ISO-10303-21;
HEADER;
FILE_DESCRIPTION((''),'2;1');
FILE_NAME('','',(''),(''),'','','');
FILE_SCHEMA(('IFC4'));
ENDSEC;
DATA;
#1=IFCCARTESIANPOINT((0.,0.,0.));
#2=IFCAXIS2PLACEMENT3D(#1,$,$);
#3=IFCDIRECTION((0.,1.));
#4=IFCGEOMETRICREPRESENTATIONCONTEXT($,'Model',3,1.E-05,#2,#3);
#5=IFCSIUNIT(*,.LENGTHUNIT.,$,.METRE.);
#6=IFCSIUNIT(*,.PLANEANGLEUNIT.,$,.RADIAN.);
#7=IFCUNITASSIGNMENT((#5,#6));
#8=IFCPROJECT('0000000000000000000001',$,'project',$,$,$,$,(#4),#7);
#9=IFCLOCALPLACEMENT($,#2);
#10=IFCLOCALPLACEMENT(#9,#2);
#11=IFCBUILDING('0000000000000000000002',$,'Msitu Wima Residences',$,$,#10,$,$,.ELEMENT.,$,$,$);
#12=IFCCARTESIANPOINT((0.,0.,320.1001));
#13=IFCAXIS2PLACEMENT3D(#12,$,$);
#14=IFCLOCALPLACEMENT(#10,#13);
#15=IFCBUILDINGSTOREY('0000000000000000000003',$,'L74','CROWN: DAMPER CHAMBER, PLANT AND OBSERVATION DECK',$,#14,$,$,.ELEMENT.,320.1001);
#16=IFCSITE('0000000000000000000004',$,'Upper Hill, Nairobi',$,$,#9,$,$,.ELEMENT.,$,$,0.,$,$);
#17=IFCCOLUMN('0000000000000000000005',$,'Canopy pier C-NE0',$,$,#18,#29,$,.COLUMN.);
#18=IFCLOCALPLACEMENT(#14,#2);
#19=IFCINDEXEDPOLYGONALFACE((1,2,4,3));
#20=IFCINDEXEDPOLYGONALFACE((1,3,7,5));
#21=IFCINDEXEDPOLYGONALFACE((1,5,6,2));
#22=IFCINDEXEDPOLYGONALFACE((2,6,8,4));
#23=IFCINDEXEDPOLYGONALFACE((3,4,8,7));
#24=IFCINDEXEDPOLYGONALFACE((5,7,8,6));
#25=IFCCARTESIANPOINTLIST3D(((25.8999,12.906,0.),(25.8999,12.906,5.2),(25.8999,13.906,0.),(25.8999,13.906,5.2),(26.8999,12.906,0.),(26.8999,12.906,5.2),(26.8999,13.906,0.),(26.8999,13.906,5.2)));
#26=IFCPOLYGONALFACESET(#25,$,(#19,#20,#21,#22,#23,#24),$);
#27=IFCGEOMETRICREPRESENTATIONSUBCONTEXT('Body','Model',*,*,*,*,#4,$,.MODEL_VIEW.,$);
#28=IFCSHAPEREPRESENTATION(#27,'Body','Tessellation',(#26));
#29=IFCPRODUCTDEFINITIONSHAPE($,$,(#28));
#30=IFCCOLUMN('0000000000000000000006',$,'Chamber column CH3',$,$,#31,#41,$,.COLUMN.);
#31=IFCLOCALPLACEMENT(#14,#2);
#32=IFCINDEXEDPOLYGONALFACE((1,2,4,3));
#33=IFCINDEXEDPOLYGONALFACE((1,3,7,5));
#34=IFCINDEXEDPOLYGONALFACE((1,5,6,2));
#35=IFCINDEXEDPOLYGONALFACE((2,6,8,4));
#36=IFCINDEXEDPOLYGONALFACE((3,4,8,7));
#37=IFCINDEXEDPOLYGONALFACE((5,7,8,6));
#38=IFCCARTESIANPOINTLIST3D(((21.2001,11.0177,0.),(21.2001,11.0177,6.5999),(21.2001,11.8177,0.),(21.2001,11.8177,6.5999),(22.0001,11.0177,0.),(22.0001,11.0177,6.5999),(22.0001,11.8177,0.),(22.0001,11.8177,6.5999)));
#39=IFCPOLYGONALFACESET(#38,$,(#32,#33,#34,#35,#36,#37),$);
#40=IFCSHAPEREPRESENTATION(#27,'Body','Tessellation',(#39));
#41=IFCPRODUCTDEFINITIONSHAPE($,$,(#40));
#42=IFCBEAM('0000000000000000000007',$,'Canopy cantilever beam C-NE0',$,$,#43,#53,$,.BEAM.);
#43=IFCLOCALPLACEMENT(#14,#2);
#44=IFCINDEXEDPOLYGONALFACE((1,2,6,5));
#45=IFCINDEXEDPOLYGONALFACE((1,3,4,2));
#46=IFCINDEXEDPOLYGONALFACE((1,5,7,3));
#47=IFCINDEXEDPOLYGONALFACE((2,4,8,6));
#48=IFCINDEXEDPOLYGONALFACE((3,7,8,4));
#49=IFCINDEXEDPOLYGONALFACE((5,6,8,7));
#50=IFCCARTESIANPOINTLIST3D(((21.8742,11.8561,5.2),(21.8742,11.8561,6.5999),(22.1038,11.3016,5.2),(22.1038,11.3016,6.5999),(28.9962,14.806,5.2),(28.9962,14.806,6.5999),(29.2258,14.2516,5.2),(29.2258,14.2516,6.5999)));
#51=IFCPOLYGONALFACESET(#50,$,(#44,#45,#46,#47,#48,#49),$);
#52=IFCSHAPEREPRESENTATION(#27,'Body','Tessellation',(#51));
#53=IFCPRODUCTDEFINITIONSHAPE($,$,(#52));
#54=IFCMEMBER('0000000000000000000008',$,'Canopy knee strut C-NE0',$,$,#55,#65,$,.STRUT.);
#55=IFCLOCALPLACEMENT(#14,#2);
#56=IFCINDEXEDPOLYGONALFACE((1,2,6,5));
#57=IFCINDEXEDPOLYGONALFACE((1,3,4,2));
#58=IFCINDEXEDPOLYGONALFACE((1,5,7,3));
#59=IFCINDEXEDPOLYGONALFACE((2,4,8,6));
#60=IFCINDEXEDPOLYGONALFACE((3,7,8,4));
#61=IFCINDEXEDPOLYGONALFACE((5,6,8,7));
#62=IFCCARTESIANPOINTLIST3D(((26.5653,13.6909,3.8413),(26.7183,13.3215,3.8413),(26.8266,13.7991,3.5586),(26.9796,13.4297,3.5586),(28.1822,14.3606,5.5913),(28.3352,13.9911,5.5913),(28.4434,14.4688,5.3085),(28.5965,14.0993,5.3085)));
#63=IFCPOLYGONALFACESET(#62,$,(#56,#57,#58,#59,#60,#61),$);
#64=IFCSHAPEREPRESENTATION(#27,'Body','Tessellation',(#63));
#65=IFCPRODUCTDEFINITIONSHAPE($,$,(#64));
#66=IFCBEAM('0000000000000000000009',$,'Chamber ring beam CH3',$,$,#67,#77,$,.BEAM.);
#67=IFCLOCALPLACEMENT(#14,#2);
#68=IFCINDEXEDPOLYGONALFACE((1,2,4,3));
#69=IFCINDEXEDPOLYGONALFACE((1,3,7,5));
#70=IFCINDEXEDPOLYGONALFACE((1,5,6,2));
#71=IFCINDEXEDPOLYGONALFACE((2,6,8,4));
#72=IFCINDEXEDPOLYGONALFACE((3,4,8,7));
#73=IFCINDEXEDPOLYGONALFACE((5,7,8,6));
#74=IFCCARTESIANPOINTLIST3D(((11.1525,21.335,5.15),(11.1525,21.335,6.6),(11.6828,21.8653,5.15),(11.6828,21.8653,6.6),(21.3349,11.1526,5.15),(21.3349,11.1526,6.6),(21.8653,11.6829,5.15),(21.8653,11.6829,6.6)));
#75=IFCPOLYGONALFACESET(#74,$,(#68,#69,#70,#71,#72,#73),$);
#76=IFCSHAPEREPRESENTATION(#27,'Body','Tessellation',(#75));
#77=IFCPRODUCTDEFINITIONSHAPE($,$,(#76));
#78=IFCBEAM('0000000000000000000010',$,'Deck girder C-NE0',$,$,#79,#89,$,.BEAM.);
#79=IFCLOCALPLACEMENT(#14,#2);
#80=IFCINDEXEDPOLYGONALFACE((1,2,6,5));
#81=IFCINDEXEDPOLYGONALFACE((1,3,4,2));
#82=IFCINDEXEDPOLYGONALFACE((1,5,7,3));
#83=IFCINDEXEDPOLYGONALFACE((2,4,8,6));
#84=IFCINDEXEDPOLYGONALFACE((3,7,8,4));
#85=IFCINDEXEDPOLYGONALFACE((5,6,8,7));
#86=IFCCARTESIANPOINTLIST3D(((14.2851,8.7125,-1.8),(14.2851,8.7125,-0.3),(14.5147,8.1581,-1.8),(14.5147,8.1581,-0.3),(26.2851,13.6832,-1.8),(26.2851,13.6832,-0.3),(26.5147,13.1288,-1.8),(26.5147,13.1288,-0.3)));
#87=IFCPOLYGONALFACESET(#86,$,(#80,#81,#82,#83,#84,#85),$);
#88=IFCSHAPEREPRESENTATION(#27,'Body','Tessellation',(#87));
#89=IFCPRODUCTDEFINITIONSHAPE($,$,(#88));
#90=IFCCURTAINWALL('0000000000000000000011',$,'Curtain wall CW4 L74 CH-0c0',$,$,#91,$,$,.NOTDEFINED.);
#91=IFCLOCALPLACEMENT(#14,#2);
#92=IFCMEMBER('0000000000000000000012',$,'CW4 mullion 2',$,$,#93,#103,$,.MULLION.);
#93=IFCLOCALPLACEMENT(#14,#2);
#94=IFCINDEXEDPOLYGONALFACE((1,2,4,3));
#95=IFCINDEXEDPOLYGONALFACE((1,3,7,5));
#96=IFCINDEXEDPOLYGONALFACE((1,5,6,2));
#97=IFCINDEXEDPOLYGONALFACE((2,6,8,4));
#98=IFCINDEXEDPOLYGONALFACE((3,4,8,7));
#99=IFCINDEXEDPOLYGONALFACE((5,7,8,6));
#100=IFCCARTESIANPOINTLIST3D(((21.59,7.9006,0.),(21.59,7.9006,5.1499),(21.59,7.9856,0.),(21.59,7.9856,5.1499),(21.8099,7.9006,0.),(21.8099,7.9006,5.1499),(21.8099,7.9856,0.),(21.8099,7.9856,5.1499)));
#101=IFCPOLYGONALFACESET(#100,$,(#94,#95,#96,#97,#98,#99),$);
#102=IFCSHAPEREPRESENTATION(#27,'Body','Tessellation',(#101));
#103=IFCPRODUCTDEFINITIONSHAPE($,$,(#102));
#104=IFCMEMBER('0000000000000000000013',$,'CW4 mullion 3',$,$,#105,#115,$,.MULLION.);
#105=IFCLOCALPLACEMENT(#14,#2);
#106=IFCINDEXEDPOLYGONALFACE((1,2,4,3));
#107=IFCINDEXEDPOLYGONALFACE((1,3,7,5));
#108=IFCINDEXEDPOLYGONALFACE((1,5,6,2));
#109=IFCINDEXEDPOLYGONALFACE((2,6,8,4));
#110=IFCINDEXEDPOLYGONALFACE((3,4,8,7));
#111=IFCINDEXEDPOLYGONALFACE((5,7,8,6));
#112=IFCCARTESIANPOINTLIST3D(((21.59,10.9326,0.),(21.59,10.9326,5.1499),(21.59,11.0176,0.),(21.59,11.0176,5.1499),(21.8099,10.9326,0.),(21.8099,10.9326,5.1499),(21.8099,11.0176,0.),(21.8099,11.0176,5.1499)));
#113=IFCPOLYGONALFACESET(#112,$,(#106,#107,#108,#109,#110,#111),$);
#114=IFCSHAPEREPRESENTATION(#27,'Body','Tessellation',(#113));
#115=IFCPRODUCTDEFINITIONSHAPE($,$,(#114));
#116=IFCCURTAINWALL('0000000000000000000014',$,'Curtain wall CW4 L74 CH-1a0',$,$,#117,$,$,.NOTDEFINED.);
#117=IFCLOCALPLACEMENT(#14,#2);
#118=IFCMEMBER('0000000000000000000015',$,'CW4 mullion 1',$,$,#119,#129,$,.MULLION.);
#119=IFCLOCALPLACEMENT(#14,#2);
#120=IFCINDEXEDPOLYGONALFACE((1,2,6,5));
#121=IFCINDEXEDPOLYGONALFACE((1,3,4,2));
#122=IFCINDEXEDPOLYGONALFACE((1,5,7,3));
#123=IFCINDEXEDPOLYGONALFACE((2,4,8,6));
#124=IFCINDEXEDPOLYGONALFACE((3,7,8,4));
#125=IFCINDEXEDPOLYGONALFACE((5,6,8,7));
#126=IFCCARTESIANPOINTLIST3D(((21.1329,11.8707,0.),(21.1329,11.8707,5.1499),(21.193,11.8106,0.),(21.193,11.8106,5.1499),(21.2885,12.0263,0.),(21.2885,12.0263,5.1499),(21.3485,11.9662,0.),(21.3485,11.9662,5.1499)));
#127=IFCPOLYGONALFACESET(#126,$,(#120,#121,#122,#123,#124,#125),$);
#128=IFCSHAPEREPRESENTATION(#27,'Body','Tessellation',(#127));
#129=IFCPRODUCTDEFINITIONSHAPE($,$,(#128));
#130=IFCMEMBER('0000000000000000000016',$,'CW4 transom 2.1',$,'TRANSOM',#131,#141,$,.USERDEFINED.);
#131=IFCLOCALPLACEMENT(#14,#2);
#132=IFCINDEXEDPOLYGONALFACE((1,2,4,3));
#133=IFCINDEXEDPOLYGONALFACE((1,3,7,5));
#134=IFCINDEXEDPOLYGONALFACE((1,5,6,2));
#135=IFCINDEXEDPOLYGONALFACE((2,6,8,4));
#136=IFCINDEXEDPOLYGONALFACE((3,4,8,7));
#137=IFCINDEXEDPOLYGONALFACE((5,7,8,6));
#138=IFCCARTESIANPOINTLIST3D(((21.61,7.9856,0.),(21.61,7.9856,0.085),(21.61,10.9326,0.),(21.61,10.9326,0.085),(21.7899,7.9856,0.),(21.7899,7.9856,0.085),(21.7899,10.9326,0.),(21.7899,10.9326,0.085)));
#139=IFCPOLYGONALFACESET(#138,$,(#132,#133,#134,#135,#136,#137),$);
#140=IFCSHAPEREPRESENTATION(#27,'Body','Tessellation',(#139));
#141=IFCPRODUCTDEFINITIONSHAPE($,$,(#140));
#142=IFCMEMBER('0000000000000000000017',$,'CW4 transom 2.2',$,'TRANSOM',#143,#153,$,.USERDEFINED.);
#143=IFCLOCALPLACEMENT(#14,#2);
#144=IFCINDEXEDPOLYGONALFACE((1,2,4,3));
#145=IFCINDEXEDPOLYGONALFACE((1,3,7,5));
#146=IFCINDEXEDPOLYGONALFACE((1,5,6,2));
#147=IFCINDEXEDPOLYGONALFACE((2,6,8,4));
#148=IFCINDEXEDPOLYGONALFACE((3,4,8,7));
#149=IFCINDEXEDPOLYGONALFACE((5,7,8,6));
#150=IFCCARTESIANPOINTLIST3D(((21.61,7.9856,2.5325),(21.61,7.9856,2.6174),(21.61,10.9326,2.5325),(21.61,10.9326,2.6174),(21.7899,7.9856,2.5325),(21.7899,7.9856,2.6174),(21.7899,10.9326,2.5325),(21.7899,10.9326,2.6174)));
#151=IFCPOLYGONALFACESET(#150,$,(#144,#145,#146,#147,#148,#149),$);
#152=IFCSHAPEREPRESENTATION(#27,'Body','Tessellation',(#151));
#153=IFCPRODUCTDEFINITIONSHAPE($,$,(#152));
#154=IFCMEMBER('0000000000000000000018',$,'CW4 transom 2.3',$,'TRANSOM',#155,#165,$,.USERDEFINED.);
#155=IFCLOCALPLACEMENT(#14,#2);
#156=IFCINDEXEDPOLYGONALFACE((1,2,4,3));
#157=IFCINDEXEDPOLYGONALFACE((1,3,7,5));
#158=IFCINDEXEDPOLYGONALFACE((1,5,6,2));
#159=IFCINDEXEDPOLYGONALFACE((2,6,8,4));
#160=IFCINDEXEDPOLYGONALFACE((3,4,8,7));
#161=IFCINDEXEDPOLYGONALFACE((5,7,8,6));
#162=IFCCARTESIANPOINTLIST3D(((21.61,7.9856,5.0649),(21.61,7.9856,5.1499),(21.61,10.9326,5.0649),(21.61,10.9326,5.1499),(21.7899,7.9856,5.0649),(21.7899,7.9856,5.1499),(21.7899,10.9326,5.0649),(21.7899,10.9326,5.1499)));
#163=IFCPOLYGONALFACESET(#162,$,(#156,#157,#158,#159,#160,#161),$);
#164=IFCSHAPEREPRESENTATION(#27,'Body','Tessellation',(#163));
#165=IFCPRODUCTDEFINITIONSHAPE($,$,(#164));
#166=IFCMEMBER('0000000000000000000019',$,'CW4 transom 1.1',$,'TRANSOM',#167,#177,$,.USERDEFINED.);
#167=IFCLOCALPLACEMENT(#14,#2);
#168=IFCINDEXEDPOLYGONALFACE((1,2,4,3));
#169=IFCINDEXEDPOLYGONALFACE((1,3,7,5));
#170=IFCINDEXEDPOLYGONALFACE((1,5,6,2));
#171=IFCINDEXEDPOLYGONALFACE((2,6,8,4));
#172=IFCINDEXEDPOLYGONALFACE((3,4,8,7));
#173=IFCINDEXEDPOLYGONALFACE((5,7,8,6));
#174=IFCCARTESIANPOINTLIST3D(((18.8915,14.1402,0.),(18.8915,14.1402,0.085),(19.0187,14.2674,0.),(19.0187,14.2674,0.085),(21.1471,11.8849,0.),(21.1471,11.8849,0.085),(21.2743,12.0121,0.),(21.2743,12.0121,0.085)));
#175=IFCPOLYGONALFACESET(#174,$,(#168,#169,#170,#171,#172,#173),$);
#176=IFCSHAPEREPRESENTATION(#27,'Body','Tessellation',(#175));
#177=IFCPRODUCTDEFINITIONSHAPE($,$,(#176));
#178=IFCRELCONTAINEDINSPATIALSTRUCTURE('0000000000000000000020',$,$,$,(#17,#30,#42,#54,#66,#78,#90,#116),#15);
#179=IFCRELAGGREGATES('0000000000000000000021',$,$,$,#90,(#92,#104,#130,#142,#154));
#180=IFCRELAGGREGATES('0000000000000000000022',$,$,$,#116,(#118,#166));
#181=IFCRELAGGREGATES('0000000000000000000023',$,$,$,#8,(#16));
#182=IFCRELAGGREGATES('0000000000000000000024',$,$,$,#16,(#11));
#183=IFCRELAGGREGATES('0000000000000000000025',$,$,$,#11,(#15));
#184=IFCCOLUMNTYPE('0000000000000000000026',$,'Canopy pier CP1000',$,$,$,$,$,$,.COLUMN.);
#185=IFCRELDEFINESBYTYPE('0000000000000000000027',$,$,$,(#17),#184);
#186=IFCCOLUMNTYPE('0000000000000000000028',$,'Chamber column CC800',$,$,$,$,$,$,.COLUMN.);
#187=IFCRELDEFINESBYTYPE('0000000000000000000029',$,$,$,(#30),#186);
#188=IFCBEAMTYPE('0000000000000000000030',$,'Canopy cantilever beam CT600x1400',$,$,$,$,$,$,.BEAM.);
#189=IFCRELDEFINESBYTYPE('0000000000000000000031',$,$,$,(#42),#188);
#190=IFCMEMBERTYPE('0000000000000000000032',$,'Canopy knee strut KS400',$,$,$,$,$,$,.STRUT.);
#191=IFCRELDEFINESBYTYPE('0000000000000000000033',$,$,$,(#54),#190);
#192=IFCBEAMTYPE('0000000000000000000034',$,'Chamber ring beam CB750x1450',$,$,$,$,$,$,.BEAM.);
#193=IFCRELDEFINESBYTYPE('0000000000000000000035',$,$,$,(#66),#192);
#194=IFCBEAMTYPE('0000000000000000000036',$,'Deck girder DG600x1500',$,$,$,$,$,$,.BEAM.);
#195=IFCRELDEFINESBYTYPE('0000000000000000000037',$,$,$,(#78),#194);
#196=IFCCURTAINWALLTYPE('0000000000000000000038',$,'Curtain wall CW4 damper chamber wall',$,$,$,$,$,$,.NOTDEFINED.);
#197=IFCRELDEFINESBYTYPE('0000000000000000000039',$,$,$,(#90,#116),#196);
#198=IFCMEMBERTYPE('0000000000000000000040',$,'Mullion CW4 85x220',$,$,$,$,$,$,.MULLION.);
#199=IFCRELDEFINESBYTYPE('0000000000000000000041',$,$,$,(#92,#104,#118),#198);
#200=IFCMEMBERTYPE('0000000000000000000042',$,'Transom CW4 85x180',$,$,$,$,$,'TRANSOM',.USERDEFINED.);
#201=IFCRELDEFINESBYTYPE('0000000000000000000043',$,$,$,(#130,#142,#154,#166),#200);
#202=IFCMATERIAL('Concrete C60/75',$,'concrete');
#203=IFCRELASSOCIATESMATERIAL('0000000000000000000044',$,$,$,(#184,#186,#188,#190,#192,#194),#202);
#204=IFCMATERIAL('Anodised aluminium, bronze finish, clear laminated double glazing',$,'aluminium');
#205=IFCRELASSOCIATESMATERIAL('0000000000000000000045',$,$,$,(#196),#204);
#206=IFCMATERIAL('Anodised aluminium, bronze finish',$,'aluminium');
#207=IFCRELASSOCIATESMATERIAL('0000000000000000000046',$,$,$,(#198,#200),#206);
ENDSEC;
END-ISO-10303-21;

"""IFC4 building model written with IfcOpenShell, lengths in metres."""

from ifc_helpers import new_model, si_unit, direction, frame, origin, origin_2d, place, context, subcontext, project, spatial, rectangle, extrude, material, material_profile, profile_set, type_object, element, aggregate, save


model = new_model("IFC4")

# Units and contexts
model_context = context("Model", 3, precision=1e-05, world=origin(), true_north=direction((0.0, 1.0)))
body_context = subcontext(model_context, "Body", "Model", "MODEL_VIEW")
ifc_project = project(units=[si_unit("LENGTHUNIT", "METRE"), si_unit("PLANEANGLEUNIT", "RADIAN")], contexts=[model_context])

# Site, building, storey
site_placement = place(None, origin())
site = spatial("IfcSite", under=ifc_project, at=site_placement, Name="Upper Hill, Nairobi", CompositionType="ELEMENT", RefElevation=0.0)
building_placement = place(site_placement, origin())
building = spatial("IfcBuilding", under=site, at=building_placement, Name="Msitu Wima Residences", CompositionType="ELEMENT")
storey_placement = place(building_placement, frame((0.0, 0.0, 320.1001)))
storey = spatial("IfcBuildingStorey", under=building, at=storey_placement, Name="L74", Description="CROWN: DAMPER CHAMBER, PLANT AND OBSERVATION DECK", CompositionType="ELEMENT", Elevation=320.1001)

# Columns
ifc_material_1 = material(Name="Concrete C60/75", Category="concrete")
ifc_material_profile_1 = material_profile(ifc_material_1, rectangle(XDim=1.0, YDim=1.0, at=origin_2d()), Name="RC 1000x1000")
ifc_profile_set_1 = profile_set([ifc_material_profile_1], Name="Concrete C60/75")
column_type_1 = type_object("IfcColumnType", Name="Canopy pier CP1000", PredefinedType="COLUMN", material=ifc_profile_set_1)
column_1_placement = place(storey_placement, frame((26.3999, 13.406, 0.0), z_axis=(0.0, 0.0, 1.0), x_axis=(1.0, 0.0, 0.0)))
element("IfcColumn", 1, at=column_1_placement, inside=storey, type_object=column_type_1, Name="Canopy pier C-NE0", PredefinedType="COLUMN", context=body_context, shape_type="SweptSolid", body=[
    extrude(rectangle(XDim=1.0, YDim=1.0, at=origin_2d()), origin(), (0.0, 0.0, 1.0), 5.2),
])
ifc_material_profile_2 = material_profile(ifc_material_1, rectangle(XDim=0.8, YDim=0.8, at=origin_2d()), Name="RC 800x800")
ifc_profile_set_2 = profile_set([ifc_material_profile_2], Name="Concrete C60/75")
column_type_2 = type_object("IfcColumnType", Name="Chamber column CC800", PredefinedType="COLUMN", material=ifc_profile_set_2)
column_2_placement = place(storey_placement, frame((21.6001, 11.4177, 0.0), z_axis=(0.0, 0.0, 1.0), x_axis=(1.0, 0.0, 0.0)))
element("IfcColumn", 2, at=column_2_placement, inside=storey, type_object=column_type_2, Name="Chamber column CH3", PredefinedType="COLUMN", context=body_context, shape_type="SweptSolid", body=[
    extrude(rectangle(XDim=0.8, YDim=0.8, at=origin_2d()), origin(), (0.0, 0.0, 1.0), 6.5999),
])

# Beam
ifc_material_profile_3 = material_profile(ifc_material_1, rectangle(XDim=0.6001, YDim=1.3999, at=origin_2d()), Name="RC 600x1400")
ifc_profile_set_3 = profile_set([ifc_material_profile_3], Name="Concrete C60/75")
beam_type_1 = type_object("IfcBeamType", Name="Canopy cantilever beam CT600x1400", PredefinedType="BEAM", material=ifc_profile_set_3)
beam_1_placement = place(storey_placement, frame((21.989, 11.5789, 5.8999), z_axis=(0.923884, 0.382672, 0.0), x_axis=(-0.382672, 0.923884, 0.0)))
element("IfcBeam", 3, at=beam_1_placement, inside=storey, type_object=beam_type_1, Name="Canopy cantilever beam C-NE0", PredefinedType="BEAM", context=body_context, shape_type="SweptSolid", body=[
    extrude(rectangle(XDim=0.6001, YDim=1.3999, at=origin_2d()), origin(), (0.0, 0.0, 1.0), 7.7087),
])

# Member
ifc_material_profile_4 = material_profile(ifc_material_1, rectangle(XDim=0.3999, YDim=0.3999, at=origin_2d()), Name="RC 400x400")
ifc_profile_set_4 = profile_set([ifc_material_profile_4], Name="Concrete C60/75")
member_type_1 = type_object("IfcMemberType", Name="Canopy knee strut KS400", PredefinedType="STRUT", material=ifc_profile_set_4)
member_1_placement = place(storey_placement, frame((26.7725, 13.5603, 3.7), z_axis=(0.653318, 0.27058, 0.707079), x_axis=(-0.382643, 0.923896, 0.0)))
element("IfcMember", 4, at=member_1_placement, inside=storey, type_object=member_type_1, Name="Canopy knee strut C-NE0", PredefinedType="STRUT", context=body_context, shape_type="SweptSolid", body=[
    extrude(rectangle(XDim=0.3999, YDim=0.3999, at=origin_2d()), origin(), (0.0, 0.0, 1.0), 2.4749),
])

# Beams
ifc_material_profile_5 = material_profile(ifc_material_1, rectangle(XDim=0.75, YDim=1.45, at=origin_2d()), Name="RC 750x1450")
ifc_profile_set_5 = profile_set([ifc_material_profile_5], Name="Concrete C60/75")
beam_type_2 = type_object("IfcBeamType", Name="Chamber ring beam CB750x1450", PredefinedType="BEAM", material=ifc_profile_set_5)
beam_2_placement = place(storey_placement, frame((21.6001, 11.4177, 5.875), z_axis=(-0.707107, 0.707107, 0.0), x_axis=(-0.707107, -0.707107, 0.0)))
element("IfcBeam", 5, at=beam_2_placement, inside=storey, type_object=beam_type_2, Name="Chamber ring beam CH3", PredefinedType="BEAM", context=body_context, shape_type="SweptSolid", body=[
    extrude(rectangle(XDim=0.75, YDim=1.45, at=origin_2d()), origin(), (0.0, 0.0, 1.0), 14.4001),
])
ifc_material_profile_6 = material_profile(ifc_material_1, rectangle(XDim=0.6001, YDim=1.5, at=origin_2d()), Name="RC 600x1500")
ifc_profile_set_6 = profile_set([ifc_material_profile_6], Name="Concrete C60/75")
beam_type_3 = type_object("IfcBeamType", Name="Deck girder DG600x1500", PredefinedType="BEAM", material=ifc_profile_set_6)
beam_3_placement = place(storey_placement, frame((26.3999, 13.406, -1.05), z_axis=(-0.923876, -0.382693, 0.0), x_axis=(0.382693, -0.923876, 0.0)))
element("IfcBeam", 6, at=beam_3_placement, inside=storey, type_object=beam_type_3, Name="Deck girder C-NE0", PredefinedType="BEAM", context=body_context, shape_type="SweptSolid", body=[
    extrude(rectangle(XDim=0.6001, YDim=1.5, at=origin_2d()), origin(), (0.0, 0.0, 1.0), 12.9888),
])

# Curtain wall, members
ifc_material_2 = material(Name="Anodised aluminium, bronze finish, clear laminated double glazing", Category="aluminium")
curtain_wall_type = type_object("IfcCurtainWallType", Name="Curtain wall CW4 damper chamber wall", PredefinedType="NOTDEFINED", material=ifc_material_2)
curtain_wall_1_placement = place(storey_placement, origin())
curtain_wall_1 = element("IfcCurtainWall", 7, at=curtain_wall_1_placement, inside=storey, type_object=curtain_wall_type, Name="Curtain wall CW4 L74 CH-0c0", PredefinedType="NOTDEFINED")
ifc_material_3 = material(Name="Anodised aluminium, bronze finish", Category="aluminium")
ifc_material_profile_7 = material_profile(ifc_material_3, rectangle(XDim=0.22, YDim=0.085, at=origin_2d()), Name="Mullion 85x220")
ifc_profile_set_7 = profile_set([ifc_material_profile_7], Name="Anodised aluminium, bronze finish")
member_type_2 = type_object("IfcMemberType", Name="Mullion CW4 85x220", PredefinedType="MULLION", material=ifc_profile_set_7)
member_2_placement = place(storey_placement, frame((21.7, 7.9431, 0.0), z_axis=(0.0, 0.0, 1.0), x_axis=(-1.0, 0.0, 0.0)))
member_2 = element("IfcMember", 8, at=member_2_placement, type_object=member_type_2, Name="CW4 mullion 2", PredefinedType="MULLION", context=body_context, shape_type="SweptSolid", body=[
    extrude(rectangle(XDim=0.22, YDim=0.085, at=origin_2d()), origin(), (0.0, 0.0, 1.0), 5.1499),
])
member_3_placement = place(storey_placement, frame((21.7, 10.9751, 0.0), z_axis=(0.0, 0.0, 1.0), x_axis=(-1.0, 0.0, 0.0)))
member_3 = element("IfcMember", 9, at=member_3_placement, type_object=member_type_2, Name="CW4 mullion 3", PredefinedType="MULLION", context=body_context, shape_type="SweptSolid", body=[
    extrude(rectangle(XDim=0.22, YDim=0.085, at=origin_2d()), origin(), (0.0, 0.0, 1.0), 5.1499),
])

# Curtain wall, member
curtain_wall_2_placement = place(storey_placement, origin())
curtain_wall_2 = element("IfcCurtainWall", 10, at=curtain_wall_2_placement, inside=storey, type_object=curtain_wall_type, Name="Curtain wall CW4 L74 CH-1a0", PredefinedType="NOTDEFINED")
member_4_placement = place(storey_placement, frame((21.2407, 11.9185, 0.0), z_axis=(0.0, 0.0, 1.0), x_axis=(-0.707107, -0.707107, 0.0)))
member_4 = element("IfcMember", 11, at=member_4_placement, type_object=member_type_2, Name="CW4 mullion 1", PredefinedType="MULLION", context=body_context, shape_type="SweptSolid", body=[
    extrude(rectangle(XDim=0.22, YDim=0.085, at=origin_2d()), origin(), (0.0, 0.0, 1.0), 5.1499),
])

# Members
ifc_material_profile_8 = material_profile(ifc_material_3, rectangle(XDim=0.1799, YDim=0.085, at=origin_2d()), Name="Transom 85x180")
ifc_profile_set_8 = profile_set([ifc_material_profile_8], Name="Anodised aluminium, bronze finish")
member_type_3 = type_object("IfcMemberType", Name="Transom CW4 85x180", ElementType="TRANSOM", PredefinedType="USERDEFINED", material=ifc_profile_set_8)
member_5_placement = place(storey_placement, frame((21.7, 7.9856, 0.0425), z_axis=(0.0, 1.0, 0.0), x_axis=(-1.0, 0.0, 0.0)))
member_5 = element("IfcMember", 12, at=member_5_placement, type_object=member_type_3, Name="CW4 transom 2.1", ObjectType="TRANSOM", PredefinedType="USERDEFINED", context=body_context, shape_type="SweptSolid", body=[
    extrude(rectangle(XDim=0.1799, YDim=0.085, at=origin_2d()), origin(), (0.0, 0.0, 1.0), 2.947),
])
member_6_placement = place(storey_placement, frame((21.7, 7.9856, 2.575), z_axis=(0.0, 1.0, 0.0), x_axis=(-1.0, 0.0, 0.0)))
member_6 = element("IfcMember", 13, at=member_6_placement, type_object=member_type_3, Name="CW4 transom 2.2", ObjectType="TRANSOM", PredefinedType="USERDEFINED", context=body_context, shape_type="SweptSolid", body=[
    extrude(rectangle(XDim=0.1799, YDim=0.085, at=origin_2d()), origin(), (0.0, 0.0, 1.0), 2.947),
])
member_7_placement = place(storey_placement, frame((21.7, 7.9856, 5.1074), z_axis=(0.0, 1.0, 0.0), x_axis=(-1.0, 0.0, 0.0)))
member_7 = element("IfcMember", 14, at=member_7_placement, type_object=member_type_3, Name="CW4 transom 2.3", ObjectType="TRANSOM", PredefinedType="USERDEFINED", context=body_context, shape_type="SweptSolid", body=[
    extrude(rectangle(XDim=0.1799, YDim=0.085, at=origin_2d()), origin(), (0.0, 0.0, 1.0), 2.947),
])
member_8_placement = place(storey_placement, frame((21.2107, 11.9485, 0.0425), z_axis=(-0.707145, 0.707069, 0.0), x_axis=(-0.707069, -0.707145, 0.0)))
member_8 = element("IfcMember", 15, at=member_8_placement, type_object=member_type_3, Name="CW4 transom 1.1", ObjectType="TRANSOM", PredefinedType="USERDEFINED", context=body_context, shape_type="SweptSolid", body=[
    extrude(rectangle(XDim=0.1799, YDim=0.085, at=origin_2d()), origin(), (0.0, 0.0, 1.0), 3.1897),
])

aggregate(curtain_wall_1, [member_2, member_3, member_5, member_6, member_7])
aggregate(curtain_wall_2, [member_4, member_8])

save(model, "model.ifc")
